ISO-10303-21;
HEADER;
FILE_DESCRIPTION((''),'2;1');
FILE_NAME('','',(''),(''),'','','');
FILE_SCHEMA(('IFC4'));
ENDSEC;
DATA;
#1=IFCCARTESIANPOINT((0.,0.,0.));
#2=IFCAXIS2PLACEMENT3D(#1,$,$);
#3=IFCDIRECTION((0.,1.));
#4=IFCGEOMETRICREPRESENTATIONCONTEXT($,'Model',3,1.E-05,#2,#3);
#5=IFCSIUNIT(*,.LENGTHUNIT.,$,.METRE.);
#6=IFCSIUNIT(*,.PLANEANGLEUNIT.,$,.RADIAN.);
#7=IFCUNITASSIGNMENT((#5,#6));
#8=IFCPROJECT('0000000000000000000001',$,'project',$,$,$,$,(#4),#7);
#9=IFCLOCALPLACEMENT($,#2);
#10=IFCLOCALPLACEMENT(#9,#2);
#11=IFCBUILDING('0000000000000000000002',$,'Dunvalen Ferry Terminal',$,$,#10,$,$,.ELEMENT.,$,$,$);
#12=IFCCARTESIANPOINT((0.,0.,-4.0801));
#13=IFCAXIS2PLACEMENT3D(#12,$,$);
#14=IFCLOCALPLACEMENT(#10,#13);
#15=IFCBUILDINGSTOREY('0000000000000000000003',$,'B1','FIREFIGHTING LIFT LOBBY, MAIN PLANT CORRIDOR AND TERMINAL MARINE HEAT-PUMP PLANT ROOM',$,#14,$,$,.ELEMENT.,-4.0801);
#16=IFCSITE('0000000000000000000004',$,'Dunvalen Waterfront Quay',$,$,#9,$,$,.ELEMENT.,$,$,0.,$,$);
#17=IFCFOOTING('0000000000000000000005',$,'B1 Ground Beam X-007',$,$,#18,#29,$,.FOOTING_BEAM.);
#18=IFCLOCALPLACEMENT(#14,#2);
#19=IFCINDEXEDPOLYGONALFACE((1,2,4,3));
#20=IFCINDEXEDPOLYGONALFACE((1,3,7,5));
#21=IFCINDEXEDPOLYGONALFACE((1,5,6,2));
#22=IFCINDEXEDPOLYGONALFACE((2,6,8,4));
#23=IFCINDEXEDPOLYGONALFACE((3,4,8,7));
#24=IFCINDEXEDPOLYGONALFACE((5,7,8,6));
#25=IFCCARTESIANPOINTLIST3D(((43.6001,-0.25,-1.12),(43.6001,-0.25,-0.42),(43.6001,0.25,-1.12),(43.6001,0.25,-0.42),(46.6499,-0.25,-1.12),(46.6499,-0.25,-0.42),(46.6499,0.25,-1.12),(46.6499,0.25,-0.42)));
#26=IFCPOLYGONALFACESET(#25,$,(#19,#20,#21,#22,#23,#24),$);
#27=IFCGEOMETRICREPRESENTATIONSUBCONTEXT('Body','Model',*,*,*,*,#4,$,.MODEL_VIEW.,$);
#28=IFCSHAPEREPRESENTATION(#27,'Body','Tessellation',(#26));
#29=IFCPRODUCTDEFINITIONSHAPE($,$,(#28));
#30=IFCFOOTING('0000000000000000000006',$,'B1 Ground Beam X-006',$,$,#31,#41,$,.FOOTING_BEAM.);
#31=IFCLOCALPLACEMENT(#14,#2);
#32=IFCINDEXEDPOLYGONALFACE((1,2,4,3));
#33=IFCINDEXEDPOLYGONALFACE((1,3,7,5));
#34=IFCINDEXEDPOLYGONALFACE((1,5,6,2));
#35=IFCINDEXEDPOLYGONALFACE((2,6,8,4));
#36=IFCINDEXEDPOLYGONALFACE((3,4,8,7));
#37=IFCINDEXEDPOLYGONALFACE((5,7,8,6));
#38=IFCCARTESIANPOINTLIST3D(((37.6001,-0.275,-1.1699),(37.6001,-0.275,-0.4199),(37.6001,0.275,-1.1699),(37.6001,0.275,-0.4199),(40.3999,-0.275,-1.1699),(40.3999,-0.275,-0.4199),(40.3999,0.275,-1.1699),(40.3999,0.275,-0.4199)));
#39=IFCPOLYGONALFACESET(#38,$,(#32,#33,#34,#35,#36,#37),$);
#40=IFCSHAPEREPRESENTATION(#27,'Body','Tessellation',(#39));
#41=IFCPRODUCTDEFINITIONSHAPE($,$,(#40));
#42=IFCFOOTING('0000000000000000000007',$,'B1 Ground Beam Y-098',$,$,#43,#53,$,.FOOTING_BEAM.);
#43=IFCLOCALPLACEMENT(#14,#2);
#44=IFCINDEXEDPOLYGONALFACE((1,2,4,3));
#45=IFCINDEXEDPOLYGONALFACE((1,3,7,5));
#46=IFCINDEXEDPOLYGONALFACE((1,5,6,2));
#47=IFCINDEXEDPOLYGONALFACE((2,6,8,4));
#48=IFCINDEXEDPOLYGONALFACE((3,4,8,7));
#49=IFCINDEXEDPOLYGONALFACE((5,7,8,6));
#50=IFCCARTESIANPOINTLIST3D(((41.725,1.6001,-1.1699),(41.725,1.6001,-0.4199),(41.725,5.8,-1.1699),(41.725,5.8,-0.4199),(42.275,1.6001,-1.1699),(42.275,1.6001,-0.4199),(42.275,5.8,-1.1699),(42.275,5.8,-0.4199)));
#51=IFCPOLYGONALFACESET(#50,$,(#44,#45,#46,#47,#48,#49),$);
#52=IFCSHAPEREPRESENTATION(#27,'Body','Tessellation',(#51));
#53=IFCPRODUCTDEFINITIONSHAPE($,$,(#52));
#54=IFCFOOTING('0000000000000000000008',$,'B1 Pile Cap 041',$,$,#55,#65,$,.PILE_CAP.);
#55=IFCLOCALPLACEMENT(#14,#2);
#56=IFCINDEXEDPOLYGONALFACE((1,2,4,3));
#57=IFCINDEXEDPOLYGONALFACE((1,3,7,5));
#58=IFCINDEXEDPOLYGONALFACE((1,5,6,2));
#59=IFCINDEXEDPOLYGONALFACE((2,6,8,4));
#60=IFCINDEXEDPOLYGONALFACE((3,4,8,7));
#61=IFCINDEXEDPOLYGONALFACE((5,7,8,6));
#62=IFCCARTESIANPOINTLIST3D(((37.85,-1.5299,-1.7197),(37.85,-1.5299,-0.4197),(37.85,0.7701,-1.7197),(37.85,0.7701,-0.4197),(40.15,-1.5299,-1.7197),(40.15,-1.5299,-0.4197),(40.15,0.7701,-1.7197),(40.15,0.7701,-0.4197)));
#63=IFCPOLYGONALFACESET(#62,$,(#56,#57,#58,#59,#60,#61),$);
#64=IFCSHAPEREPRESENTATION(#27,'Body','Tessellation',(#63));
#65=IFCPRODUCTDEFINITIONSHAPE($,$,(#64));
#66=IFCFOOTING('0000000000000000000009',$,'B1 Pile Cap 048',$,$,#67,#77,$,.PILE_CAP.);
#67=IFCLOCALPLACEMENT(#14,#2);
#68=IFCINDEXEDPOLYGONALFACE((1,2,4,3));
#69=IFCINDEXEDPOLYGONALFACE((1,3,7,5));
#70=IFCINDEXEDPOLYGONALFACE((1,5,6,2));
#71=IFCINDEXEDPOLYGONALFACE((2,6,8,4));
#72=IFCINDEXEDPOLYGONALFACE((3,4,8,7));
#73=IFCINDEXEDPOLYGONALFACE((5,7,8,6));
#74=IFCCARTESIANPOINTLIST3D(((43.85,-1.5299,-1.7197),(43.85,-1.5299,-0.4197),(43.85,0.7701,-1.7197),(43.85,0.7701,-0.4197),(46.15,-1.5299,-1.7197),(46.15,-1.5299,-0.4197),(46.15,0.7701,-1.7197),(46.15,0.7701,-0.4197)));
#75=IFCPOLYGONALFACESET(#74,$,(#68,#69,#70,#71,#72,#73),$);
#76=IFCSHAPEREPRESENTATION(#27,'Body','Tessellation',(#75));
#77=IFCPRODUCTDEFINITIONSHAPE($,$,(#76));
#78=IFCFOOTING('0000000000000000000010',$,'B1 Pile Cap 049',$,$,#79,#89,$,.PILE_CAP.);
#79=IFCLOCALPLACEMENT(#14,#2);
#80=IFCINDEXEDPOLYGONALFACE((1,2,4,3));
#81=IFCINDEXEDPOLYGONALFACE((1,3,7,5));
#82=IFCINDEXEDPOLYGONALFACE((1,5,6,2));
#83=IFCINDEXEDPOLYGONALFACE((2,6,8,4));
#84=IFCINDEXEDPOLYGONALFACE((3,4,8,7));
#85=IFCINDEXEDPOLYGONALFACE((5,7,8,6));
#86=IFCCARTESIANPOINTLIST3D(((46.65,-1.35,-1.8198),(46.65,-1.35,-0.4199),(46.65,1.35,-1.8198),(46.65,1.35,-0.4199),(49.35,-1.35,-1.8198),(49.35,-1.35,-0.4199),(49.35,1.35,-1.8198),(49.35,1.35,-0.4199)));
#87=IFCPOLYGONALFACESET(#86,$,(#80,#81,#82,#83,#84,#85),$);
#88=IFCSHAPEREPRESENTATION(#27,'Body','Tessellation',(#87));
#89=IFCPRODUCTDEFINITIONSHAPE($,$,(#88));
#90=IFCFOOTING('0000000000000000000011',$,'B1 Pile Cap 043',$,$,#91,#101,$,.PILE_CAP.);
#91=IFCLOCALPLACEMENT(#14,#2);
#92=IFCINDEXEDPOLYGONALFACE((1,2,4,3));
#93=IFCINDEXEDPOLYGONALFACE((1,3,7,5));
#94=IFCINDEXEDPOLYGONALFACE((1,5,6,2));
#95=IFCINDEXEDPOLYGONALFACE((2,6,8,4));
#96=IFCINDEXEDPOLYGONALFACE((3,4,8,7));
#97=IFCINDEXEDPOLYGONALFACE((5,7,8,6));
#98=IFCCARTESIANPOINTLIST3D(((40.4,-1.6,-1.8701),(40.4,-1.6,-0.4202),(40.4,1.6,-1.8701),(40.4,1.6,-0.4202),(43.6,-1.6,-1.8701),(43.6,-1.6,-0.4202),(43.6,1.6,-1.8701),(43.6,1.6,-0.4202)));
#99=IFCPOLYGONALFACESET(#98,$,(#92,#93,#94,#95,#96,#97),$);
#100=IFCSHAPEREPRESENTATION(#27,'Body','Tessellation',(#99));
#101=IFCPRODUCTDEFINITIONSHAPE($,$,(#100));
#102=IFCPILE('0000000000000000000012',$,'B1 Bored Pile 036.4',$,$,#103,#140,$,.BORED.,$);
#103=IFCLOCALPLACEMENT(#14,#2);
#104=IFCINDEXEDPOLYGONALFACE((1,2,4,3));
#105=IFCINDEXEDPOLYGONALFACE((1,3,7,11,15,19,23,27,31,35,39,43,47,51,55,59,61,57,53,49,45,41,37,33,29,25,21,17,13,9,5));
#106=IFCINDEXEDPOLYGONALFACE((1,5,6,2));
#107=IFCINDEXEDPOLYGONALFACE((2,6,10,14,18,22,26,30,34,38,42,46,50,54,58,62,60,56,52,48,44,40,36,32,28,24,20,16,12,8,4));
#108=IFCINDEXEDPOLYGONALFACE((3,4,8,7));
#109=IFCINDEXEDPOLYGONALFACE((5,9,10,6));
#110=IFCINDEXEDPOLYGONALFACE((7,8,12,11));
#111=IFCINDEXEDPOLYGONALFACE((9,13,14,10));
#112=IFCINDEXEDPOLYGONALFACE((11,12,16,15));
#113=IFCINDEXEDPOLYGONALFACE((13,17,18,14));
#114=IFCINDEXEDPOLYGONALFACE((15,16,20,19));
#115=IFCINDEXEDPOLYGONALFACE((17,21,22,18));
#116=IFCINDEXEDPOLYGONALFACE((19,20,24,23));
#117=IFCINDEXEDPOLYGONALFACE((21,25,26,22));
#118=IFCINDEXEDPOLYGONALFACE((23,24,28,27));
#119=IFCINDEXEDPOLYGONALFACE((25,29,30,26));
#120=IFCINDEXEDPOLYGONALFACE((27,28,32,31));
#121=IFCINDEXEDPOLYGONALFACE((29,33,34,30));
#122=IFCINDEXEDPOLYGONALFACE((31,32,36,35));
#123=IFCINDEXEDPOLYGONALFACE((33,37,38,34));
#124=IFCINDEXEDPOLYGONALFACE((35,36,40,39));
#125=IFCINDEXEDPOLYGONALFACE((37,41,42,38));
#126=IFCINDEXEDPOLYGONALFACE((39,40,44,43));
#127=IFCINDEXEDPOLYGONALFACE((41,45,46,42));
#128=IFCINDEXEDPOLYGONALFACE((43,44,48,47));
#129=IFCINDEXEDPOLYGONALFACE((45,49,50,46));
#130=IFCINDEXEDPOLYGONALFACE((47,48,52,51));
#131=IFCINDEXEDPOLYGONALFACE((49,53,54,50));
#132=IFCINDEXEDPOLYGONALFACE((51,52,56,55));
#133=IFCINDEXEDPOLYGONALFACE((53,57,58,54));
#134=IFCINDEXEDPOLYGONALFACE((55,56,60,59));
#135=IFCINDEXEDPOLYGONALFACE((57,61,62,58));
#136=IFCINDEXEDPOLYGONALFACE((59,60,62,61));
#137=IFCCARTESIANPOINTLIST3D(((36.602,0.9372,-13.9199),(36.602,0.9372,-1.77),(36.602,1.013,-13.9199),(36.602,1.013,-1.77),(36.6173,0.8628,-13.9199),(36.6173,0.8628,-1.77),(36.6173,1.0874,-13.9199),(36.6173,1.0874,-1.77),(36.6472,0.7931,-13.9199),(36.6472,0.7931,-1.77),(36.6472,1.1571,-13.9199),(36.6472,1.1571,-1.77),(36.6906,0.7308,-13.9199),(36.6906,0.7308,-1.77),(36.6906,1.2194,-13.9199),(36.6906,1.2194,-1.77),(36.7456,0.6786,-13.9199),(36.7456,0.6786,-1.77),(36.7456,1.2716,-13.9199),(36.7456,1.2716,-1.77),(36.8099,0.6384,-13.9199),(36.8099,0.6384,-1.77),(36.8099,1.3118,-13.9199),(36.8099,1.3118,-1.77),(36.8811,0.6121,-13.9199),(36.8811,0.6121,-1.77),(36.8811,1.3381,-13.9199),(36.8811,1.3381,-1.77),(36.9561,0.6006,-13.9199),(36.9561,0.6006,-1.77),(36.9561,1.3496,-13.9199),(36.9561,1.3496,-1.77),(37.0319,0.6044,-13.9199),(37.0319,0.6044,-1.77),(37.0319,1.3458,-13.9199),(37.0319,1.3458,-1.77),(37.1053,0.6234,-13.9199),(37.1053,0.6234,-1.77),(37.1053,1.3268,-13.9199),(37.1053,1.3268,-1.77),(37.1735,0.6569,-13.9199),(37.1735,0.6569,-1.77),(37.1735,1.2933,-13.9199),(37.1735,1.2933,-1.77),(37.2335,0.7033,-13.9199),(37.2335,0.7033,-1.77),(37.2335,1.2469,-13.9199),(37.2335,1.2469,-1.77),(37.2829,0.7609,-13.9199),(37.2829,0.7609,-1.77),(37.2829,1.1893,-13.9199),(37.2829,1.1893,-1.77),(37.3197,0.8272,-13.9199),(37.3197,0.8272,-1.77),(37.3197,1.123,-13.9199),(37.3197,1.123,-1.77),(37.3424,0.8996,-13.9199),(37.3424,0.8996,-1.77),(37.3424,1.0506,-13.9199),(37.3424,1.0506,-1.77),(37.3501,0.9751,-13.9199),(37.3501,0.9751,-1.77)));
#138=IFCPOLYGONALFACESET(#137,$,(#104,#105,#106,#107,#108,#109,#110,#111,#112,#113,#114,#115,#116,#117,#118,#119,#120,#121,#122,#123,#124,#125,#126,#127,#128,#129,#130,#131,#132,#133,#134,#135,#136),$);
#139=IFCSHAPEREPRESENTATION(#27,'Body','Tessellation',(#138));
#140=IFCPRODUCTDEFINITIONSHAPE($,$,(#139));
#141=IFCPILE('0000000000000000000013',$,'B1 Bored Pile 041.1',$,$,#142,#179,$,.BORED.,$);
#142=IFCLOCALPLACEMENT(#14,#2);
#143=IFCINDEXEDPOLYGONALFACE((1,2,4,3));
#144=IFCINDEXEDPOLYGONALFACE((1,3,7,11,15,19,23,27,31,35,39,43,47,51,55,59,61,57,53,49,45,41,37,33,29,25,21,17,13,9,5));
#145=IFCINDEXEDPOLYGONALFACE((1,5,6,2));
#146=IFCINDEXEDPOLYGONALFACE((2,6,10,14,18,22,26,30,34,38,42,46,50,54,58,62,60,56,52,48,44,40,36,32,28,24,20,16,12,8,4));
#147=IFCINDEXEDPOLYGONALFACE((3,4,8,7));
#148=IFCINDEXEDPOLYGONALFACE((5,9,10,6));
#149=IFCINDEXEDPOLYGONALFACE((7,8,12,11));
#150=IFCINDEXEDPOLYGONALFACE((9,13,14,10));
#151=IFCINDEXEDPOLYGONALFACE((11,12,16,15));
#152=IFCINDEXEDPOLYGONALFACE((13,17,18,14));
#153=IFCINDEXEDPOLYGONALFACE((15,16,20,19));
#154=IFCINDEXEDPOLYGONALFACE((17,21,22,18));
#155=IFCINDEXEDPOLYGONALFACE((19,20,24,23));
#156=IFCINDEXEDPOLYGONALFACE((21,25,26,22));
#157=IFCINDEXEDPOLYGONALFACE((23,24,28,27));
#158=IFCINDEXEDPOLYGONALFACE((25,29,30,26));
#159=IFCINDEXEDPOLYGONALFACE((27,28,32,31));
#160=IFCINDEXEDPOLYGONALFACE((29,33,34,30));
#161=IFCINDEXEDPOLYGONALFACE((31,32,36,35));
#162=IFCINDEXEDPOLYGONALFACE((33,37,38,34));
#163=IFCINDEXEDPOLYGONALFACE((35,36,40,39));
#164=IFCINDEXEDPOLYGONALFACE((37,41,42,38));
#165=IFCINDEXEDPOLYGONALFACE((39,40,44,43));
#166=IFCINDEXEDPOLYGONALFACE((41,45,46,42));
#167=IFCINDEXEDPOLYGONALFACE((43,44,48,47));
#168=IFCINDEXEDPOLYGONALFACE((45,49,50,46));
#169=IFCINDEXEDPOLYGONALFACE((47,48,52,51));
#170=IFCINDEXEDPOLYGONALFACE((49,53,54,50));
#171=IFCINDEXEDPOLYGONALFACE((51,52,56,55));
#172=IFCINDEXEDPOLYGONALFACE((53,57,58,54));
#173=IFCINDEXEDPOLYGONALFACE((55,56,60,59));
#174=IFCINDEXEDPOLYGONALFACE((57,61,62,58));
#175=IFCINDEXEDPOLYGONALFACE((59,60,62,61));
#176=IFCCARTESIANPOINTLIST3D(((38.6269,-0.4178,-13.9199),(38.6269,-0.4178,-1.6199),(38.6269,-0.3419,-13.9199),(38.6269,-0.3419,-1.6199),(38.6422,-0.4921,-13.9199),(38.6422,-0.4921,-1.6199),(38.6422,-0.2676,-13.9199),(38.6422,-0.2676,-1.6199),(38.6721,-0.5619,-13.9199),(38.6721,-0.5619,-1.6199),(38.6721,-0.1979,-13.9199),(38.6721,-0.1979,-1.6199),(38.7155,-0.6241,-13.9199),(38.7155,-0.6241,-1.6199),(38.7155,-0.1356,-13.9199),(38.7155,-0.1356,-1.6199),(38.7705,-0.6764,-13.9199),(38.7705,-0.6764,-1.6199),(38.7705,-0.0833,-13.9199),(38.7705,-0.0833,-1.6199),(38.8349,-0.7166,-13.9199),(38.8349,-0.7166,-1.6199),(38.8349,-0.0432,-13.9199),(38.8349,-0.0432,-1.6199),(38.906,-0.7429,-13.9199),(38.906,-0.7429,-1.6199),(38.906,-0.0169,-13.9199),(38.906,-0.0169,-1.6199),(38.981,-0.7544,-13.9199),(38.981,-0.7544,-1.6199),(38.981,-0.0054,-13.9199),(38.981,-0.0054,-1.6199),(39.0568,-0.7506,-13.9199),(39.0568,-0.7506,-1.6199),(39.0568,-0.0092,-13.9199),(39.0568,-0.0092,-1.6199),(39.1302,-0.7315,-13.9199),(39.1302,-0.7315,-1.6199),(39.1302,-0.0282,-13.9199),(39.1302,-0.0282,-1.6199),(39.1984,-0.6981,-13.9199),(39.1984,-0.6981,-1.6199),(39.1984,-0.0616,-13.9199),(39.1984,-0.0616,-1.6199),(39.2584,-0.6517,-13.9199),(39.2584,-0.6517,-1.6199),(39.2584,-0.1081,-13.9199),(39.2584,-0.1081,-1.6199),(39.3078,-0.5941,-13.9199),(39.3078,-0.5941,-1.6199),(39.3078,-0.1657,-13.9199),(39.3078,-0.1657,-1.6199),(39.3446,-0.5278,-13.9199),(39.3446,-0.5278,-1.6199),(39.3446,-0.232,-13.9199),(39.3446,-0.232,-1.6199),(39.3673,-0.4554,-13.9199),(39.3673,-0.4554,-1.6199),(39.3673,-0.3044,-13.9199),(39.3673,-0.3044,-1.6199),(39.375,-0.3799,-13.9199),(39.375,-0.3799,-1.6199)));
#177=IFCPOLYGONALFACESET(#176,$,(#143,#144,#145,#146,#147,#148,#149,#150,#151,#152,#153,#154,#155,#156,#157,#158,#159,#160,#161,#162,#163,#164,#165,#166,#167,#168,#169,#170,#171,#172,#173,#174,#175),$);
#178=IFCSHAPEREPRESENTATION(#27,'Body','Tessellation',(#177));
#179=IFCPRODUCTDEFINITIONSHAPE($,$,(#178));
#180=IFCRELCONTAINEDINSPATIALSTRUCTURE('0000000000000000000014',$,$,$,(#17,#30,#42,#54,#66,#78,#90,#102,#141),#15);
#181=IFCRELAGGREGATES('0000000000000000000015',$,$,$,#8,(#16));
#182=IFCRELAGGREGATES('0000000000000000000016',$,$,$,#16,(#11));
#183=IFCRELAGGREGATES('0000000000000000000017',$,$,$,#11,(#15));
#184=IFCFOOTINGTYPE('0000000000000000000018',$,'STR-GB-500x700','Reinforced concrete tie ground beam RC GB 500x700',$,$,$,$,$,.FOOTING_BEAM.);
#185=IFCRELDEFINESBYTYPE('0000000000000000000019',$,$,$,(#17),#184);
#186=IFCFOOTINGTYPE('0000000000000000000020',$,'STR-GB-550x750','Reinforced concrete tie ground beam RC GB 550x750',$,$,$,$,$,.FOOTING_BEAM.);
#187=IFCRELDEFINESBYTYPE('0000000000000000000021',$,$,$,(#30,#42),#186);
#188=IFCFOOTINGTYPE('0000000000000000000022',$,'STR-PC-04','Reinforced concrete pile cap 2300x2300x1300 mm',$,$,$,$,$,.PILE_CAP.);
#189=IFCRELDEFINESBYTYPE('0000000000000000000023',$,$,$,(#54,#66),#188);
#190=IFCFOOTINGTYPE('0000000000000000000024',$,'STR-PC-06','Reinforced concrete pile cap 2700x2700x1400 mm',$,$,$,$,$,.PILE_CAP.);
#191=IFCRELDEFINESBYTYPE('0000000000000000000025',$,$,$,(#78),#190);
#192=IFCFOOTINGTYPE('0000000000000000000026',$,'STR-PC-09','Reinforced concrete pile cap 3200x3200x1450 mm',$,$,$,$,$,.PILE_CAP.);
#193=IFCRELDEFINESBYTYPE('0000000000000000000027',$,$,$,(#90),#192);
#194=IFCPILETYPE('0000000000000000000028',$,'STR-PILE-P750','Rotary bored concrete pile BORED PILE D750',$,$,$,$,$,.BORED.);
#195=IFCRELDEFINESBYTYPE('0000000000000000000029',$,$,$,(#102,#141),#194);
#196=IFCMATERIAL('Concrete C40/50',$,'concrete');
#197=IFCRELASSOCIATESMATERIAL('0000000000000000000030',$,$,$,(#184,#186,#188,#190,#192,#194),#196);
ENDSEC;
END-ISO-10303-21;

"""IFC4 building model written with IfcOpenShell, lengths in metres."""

from ifc_helpers import new_model, si_unit, direction, frame, origin, origin_2d, place, context, subcontext, project, spatial, rectangle, circle, extrude, material, material_profile, profile_set, type_object, element, save


model = new_model("IFC4")

# Units and contexts
model_context = context("Model", 3, precision=1e-05, world=origin(), true_north=direction((0.0, 1.0)))
body_context = subcontext(model_context, "Body", "Model", "MODEL_VIEW")
ifc_project = project(units=[si_unit("LENGTHUNIT", "METRE"), si_unit("PLANEANGLEUNIT", "RADIAN")], contexts=[model_context])

# Site, building, storey
site_placement = place(None, origin())
site = spatial("IfcSite", under=ifc_project, at=site_placement, Name="Dunvalen Waterfront Quay", CompositionType="ELEMENT", RefElevation=0.0)
building_placement = place(site_placement, origin())
building = spatial("IfcBuilding", under=site, at=building_placement, Name="Dunvalen Ferry Terminal", CompositionType="ELEMENT")
storey_placement = place(building_placement, frame((0.0, 0.0, -4.0801)))
storey = spatial("IfcBuildingStorey", under=building, at=storey_placement, Name="B1", Description="FIREFIGHTING LIFT LOBBY, MAIN PLANT CORRIDOR AND TERMINAL MARINE HEAT-PUMP PLANT ROOM", CompositionType="ELEMENT", Elevation=-4.0801)

# Footings
ifc_material = material(Name="Concrete C40/50", Category="concrete")
ifc_material_profile_1 = material_profile(ifc_material, rectangle(XDim=0.5, YDim=0.7, at=origin_2d()), Name="Concrete C40/50")
ifc_profile_set_1 = profile_set([ifc_material_profile_1], Name="Concrete C40/50")
footing_type_1 = type_object("IfcFootingType", Name="STR-GB-500x700", Description="Reinforced concrete tie ground beam RC GB 500x700", PredefinedType="FOOTING_BEAM", material=ifc_profile_set_1)
footing_1_placement = place(storey_placement, frame((43.6001, 0.0, -0.77), z_axis=(1.0, 0.0, 0.0), x_axis=(0.0, 1.0, 0.0)))
element("IfcFooting", 1, at=footing_1_placement, inside=storey, type_object=footing_type_1, Name="B1 Ground Beam X-007", PredefinedType="FOOTING_BEAM", context=body_context, shape_type="SweptSolid", body=[
    extrude(rectangle(XDim=0.5, YDim=0.7, at=origin_2d()), origin(), (0.0, 0.0, 1.0), 3.0498),
])
ifc_material_profile_2 = material_profile(ifc_material, rectangle(XDim=0.55, YDim=0.75, at=origin_2d()), Name="Concrete C40/50")
ifc_profile_set_2 = profile_set([ifc_material_profile_2], Name="Concrete C40/50")
footing_type_2 = type_object("IfcFootingType", Name="STR-GB-550x750", Description="Reinforced concrete tie ground beam RC GB 550x750", PredefinedType="FOOTING_BEAM", material=ifc_profile_set_2)
footing_2_placement = place(storey_placement, frame((37.6001, 0.0, -0.7949), z_axis=(1.0, 0.0, 0.0), x_axis=(0.0, 1.0, 0.0)))
element("IfcFooting", 2, at=footing_2_placement, inside=storey, type_object=footing_type_2, Name="B1 Ground Beam X-006", PredefinedType="FOOTING_BEAM", context=body_context, shape_type="SweptSolid", body=[
    extrude(rectangle(XDim=0.55, YDim=0.75, at=origin_2d()), origin(), (0.0, 0.0, 1.0), 2.7998),
])
footing_3_placement = place(storey_placement, frame((42.0, 1.6001, -0.7949), z_axis=(0.0, 1.0, 0.0), x_axis=(-1.0, 0.0, 0.0)))
element("IfcFooting", 3, at=footing_3_placement, inside=storey, type_object=footing_type_2, Name="B1 Ground Beam Y-098", PredefinedType="FOOTING_BEAM", context=body_context, shape_type="SweptSolid", body=[
    extrude(rectangle(XDim=0.55, YDim=0.75, at=origin_2d()), origin(), (0.0, 0.0, 1.0), 4.2),
])
footing_type_3 = type_object("IfcFootingType", Name="STR-PC-04", Description="Reinforced concrete pile cap 2300x2300x1300 mm", PredefinedType="PILE_CAP", material=ifc_material)
for number, where, z_axis, x_axis, name in (
    (4, (39.0, -0.3799, -1.7197), (0.0, 0.0, 1.0), (1.0, 0.0, 0.0), "B1 Pile Cap 041"),
    (5, (45.0, -0.3799, -1.7197), (0.0, 0.0, 1.0), (1.0, 0.0, 0.0), "B1 Pile Cap 048"),
):
    element("IfcFooting", number, at=place(storey_placement, frame(where, z_axis=z_axis, x_axis=x_axis)), inside=storey, type_object=footing_type_3, Name=name, PredefinedType="PILE_CAP", context=body_context, shape_type="SweptSolid", body=[
        extrude(rectangle(XDim=2.3, YDim=2.3, at=origin_2d()), origin(), (0.0, 0.0, 1.0), 1.3),
    ])
footing_type_4 = type_object("IfcFootingType", Name="STR-PC-06", Description="Reinforced concrete pile cap 2700x2700x1400 mm", PredefinedType="PILE_CAP", material=ifc_material)
footing_4_placement = place(storey_placement, frame((48.0, 0.0, -1.8198), z_axis=(0.0, 0.0, 1.0), x_axis=(1.0, 0.0, 0.0)))
element("IfcFooting", 6, at=footing_4_placement, inside=storey, type_object=footing_type_4, Name="B1 Pile Cap 049", PredefinedType="PILE_CAP", context=body_context, shape_type="SweptSolid", body=[
    extrude(rectangle(XDim=2.7, YDim=2.7, at=origin_2d()), origin(), (0.0, 0.0, 1.0), 1.3999),
])
footing_type_5 = type_object("IfcFootingType", Name="STR-PC-09", Description="Reinforced concrete pile cap 3200x3200x1450 mm", PredefinedType="PILE_CAP", material=ifc_material)
footing_5_placement = place(storey_placement, frame((42.0, 0.0, -1.8701), z_axis=(0.0, 0.0, 1.0), x_axis=(1.0, 0.0, 0.0)))
element("IfcFooting", 7, at=footing_5_placement, inside=storey, type_object=footing_type_5, Name="B1 Pile Cap 043", PredefinedType="PILE_CAP", context=body_context, shape_type="SweptSolid", body=[
    extrude(rectangle(XDim=3.2, YDim=3.2, at=origin_2d()), origin(), (0.0, 0.0, 1.0), 1.45),
])

# Piles
ifc_material_profile_3 = material_profile(ifc_material, circle(Radius=0.375, at=origin_2d()), Name="Concrete C40/50")
ifc_profile_set_3 = profile_set([ifc_material_profile_3], Name="Concrete C40/50")
pile_type = type_object("IfcPileType", Name="STR-PILE-P750", Description="Rotary bored concrete pile BORED PILE D750", PredefinedType="BORED", material=ifc_profile_set_3)
pile_1_placement = place(storey_placement, frame((36.9751, 0.9751, -1.77), z_axis=(0.0, 0.0, -1.0), x_axis=(1.0, 0.0, 0.0)))
element("IfcPile", 8, at=pile_1_placement, inside=storey, type_object=pile_type, Name="B1 Bored Pile 036.4", PredefinedType="BORED", context=body_context, shape_type="SweptSolid", body=[
    extrude(circle(Radius=0.375, at=origin_2d()), origin(), (0.0, 0.0, 1.0), 12.1499),
])
pile_2_placement = place(storey_placement, frame((39.0, -0.3799, -1.6199), z_axis=(0.0, 0.0, -1.0), x_axis=(1.0, 0.0, 0.0)))
element("IfcPile", 9, at=pile_2_placement, inside=storey, type_object=pile_type, Name="B1 Bored Pile 041.1", PredefinedType="BORED", context=body_context, shape_type="SweptSolid", body=[
    extrude(circle(Radius=0.375, at=origin_2d()), origin(), (0.0, 0.0, 1.0), 12.3),
])

save(model, "model.ifc")
